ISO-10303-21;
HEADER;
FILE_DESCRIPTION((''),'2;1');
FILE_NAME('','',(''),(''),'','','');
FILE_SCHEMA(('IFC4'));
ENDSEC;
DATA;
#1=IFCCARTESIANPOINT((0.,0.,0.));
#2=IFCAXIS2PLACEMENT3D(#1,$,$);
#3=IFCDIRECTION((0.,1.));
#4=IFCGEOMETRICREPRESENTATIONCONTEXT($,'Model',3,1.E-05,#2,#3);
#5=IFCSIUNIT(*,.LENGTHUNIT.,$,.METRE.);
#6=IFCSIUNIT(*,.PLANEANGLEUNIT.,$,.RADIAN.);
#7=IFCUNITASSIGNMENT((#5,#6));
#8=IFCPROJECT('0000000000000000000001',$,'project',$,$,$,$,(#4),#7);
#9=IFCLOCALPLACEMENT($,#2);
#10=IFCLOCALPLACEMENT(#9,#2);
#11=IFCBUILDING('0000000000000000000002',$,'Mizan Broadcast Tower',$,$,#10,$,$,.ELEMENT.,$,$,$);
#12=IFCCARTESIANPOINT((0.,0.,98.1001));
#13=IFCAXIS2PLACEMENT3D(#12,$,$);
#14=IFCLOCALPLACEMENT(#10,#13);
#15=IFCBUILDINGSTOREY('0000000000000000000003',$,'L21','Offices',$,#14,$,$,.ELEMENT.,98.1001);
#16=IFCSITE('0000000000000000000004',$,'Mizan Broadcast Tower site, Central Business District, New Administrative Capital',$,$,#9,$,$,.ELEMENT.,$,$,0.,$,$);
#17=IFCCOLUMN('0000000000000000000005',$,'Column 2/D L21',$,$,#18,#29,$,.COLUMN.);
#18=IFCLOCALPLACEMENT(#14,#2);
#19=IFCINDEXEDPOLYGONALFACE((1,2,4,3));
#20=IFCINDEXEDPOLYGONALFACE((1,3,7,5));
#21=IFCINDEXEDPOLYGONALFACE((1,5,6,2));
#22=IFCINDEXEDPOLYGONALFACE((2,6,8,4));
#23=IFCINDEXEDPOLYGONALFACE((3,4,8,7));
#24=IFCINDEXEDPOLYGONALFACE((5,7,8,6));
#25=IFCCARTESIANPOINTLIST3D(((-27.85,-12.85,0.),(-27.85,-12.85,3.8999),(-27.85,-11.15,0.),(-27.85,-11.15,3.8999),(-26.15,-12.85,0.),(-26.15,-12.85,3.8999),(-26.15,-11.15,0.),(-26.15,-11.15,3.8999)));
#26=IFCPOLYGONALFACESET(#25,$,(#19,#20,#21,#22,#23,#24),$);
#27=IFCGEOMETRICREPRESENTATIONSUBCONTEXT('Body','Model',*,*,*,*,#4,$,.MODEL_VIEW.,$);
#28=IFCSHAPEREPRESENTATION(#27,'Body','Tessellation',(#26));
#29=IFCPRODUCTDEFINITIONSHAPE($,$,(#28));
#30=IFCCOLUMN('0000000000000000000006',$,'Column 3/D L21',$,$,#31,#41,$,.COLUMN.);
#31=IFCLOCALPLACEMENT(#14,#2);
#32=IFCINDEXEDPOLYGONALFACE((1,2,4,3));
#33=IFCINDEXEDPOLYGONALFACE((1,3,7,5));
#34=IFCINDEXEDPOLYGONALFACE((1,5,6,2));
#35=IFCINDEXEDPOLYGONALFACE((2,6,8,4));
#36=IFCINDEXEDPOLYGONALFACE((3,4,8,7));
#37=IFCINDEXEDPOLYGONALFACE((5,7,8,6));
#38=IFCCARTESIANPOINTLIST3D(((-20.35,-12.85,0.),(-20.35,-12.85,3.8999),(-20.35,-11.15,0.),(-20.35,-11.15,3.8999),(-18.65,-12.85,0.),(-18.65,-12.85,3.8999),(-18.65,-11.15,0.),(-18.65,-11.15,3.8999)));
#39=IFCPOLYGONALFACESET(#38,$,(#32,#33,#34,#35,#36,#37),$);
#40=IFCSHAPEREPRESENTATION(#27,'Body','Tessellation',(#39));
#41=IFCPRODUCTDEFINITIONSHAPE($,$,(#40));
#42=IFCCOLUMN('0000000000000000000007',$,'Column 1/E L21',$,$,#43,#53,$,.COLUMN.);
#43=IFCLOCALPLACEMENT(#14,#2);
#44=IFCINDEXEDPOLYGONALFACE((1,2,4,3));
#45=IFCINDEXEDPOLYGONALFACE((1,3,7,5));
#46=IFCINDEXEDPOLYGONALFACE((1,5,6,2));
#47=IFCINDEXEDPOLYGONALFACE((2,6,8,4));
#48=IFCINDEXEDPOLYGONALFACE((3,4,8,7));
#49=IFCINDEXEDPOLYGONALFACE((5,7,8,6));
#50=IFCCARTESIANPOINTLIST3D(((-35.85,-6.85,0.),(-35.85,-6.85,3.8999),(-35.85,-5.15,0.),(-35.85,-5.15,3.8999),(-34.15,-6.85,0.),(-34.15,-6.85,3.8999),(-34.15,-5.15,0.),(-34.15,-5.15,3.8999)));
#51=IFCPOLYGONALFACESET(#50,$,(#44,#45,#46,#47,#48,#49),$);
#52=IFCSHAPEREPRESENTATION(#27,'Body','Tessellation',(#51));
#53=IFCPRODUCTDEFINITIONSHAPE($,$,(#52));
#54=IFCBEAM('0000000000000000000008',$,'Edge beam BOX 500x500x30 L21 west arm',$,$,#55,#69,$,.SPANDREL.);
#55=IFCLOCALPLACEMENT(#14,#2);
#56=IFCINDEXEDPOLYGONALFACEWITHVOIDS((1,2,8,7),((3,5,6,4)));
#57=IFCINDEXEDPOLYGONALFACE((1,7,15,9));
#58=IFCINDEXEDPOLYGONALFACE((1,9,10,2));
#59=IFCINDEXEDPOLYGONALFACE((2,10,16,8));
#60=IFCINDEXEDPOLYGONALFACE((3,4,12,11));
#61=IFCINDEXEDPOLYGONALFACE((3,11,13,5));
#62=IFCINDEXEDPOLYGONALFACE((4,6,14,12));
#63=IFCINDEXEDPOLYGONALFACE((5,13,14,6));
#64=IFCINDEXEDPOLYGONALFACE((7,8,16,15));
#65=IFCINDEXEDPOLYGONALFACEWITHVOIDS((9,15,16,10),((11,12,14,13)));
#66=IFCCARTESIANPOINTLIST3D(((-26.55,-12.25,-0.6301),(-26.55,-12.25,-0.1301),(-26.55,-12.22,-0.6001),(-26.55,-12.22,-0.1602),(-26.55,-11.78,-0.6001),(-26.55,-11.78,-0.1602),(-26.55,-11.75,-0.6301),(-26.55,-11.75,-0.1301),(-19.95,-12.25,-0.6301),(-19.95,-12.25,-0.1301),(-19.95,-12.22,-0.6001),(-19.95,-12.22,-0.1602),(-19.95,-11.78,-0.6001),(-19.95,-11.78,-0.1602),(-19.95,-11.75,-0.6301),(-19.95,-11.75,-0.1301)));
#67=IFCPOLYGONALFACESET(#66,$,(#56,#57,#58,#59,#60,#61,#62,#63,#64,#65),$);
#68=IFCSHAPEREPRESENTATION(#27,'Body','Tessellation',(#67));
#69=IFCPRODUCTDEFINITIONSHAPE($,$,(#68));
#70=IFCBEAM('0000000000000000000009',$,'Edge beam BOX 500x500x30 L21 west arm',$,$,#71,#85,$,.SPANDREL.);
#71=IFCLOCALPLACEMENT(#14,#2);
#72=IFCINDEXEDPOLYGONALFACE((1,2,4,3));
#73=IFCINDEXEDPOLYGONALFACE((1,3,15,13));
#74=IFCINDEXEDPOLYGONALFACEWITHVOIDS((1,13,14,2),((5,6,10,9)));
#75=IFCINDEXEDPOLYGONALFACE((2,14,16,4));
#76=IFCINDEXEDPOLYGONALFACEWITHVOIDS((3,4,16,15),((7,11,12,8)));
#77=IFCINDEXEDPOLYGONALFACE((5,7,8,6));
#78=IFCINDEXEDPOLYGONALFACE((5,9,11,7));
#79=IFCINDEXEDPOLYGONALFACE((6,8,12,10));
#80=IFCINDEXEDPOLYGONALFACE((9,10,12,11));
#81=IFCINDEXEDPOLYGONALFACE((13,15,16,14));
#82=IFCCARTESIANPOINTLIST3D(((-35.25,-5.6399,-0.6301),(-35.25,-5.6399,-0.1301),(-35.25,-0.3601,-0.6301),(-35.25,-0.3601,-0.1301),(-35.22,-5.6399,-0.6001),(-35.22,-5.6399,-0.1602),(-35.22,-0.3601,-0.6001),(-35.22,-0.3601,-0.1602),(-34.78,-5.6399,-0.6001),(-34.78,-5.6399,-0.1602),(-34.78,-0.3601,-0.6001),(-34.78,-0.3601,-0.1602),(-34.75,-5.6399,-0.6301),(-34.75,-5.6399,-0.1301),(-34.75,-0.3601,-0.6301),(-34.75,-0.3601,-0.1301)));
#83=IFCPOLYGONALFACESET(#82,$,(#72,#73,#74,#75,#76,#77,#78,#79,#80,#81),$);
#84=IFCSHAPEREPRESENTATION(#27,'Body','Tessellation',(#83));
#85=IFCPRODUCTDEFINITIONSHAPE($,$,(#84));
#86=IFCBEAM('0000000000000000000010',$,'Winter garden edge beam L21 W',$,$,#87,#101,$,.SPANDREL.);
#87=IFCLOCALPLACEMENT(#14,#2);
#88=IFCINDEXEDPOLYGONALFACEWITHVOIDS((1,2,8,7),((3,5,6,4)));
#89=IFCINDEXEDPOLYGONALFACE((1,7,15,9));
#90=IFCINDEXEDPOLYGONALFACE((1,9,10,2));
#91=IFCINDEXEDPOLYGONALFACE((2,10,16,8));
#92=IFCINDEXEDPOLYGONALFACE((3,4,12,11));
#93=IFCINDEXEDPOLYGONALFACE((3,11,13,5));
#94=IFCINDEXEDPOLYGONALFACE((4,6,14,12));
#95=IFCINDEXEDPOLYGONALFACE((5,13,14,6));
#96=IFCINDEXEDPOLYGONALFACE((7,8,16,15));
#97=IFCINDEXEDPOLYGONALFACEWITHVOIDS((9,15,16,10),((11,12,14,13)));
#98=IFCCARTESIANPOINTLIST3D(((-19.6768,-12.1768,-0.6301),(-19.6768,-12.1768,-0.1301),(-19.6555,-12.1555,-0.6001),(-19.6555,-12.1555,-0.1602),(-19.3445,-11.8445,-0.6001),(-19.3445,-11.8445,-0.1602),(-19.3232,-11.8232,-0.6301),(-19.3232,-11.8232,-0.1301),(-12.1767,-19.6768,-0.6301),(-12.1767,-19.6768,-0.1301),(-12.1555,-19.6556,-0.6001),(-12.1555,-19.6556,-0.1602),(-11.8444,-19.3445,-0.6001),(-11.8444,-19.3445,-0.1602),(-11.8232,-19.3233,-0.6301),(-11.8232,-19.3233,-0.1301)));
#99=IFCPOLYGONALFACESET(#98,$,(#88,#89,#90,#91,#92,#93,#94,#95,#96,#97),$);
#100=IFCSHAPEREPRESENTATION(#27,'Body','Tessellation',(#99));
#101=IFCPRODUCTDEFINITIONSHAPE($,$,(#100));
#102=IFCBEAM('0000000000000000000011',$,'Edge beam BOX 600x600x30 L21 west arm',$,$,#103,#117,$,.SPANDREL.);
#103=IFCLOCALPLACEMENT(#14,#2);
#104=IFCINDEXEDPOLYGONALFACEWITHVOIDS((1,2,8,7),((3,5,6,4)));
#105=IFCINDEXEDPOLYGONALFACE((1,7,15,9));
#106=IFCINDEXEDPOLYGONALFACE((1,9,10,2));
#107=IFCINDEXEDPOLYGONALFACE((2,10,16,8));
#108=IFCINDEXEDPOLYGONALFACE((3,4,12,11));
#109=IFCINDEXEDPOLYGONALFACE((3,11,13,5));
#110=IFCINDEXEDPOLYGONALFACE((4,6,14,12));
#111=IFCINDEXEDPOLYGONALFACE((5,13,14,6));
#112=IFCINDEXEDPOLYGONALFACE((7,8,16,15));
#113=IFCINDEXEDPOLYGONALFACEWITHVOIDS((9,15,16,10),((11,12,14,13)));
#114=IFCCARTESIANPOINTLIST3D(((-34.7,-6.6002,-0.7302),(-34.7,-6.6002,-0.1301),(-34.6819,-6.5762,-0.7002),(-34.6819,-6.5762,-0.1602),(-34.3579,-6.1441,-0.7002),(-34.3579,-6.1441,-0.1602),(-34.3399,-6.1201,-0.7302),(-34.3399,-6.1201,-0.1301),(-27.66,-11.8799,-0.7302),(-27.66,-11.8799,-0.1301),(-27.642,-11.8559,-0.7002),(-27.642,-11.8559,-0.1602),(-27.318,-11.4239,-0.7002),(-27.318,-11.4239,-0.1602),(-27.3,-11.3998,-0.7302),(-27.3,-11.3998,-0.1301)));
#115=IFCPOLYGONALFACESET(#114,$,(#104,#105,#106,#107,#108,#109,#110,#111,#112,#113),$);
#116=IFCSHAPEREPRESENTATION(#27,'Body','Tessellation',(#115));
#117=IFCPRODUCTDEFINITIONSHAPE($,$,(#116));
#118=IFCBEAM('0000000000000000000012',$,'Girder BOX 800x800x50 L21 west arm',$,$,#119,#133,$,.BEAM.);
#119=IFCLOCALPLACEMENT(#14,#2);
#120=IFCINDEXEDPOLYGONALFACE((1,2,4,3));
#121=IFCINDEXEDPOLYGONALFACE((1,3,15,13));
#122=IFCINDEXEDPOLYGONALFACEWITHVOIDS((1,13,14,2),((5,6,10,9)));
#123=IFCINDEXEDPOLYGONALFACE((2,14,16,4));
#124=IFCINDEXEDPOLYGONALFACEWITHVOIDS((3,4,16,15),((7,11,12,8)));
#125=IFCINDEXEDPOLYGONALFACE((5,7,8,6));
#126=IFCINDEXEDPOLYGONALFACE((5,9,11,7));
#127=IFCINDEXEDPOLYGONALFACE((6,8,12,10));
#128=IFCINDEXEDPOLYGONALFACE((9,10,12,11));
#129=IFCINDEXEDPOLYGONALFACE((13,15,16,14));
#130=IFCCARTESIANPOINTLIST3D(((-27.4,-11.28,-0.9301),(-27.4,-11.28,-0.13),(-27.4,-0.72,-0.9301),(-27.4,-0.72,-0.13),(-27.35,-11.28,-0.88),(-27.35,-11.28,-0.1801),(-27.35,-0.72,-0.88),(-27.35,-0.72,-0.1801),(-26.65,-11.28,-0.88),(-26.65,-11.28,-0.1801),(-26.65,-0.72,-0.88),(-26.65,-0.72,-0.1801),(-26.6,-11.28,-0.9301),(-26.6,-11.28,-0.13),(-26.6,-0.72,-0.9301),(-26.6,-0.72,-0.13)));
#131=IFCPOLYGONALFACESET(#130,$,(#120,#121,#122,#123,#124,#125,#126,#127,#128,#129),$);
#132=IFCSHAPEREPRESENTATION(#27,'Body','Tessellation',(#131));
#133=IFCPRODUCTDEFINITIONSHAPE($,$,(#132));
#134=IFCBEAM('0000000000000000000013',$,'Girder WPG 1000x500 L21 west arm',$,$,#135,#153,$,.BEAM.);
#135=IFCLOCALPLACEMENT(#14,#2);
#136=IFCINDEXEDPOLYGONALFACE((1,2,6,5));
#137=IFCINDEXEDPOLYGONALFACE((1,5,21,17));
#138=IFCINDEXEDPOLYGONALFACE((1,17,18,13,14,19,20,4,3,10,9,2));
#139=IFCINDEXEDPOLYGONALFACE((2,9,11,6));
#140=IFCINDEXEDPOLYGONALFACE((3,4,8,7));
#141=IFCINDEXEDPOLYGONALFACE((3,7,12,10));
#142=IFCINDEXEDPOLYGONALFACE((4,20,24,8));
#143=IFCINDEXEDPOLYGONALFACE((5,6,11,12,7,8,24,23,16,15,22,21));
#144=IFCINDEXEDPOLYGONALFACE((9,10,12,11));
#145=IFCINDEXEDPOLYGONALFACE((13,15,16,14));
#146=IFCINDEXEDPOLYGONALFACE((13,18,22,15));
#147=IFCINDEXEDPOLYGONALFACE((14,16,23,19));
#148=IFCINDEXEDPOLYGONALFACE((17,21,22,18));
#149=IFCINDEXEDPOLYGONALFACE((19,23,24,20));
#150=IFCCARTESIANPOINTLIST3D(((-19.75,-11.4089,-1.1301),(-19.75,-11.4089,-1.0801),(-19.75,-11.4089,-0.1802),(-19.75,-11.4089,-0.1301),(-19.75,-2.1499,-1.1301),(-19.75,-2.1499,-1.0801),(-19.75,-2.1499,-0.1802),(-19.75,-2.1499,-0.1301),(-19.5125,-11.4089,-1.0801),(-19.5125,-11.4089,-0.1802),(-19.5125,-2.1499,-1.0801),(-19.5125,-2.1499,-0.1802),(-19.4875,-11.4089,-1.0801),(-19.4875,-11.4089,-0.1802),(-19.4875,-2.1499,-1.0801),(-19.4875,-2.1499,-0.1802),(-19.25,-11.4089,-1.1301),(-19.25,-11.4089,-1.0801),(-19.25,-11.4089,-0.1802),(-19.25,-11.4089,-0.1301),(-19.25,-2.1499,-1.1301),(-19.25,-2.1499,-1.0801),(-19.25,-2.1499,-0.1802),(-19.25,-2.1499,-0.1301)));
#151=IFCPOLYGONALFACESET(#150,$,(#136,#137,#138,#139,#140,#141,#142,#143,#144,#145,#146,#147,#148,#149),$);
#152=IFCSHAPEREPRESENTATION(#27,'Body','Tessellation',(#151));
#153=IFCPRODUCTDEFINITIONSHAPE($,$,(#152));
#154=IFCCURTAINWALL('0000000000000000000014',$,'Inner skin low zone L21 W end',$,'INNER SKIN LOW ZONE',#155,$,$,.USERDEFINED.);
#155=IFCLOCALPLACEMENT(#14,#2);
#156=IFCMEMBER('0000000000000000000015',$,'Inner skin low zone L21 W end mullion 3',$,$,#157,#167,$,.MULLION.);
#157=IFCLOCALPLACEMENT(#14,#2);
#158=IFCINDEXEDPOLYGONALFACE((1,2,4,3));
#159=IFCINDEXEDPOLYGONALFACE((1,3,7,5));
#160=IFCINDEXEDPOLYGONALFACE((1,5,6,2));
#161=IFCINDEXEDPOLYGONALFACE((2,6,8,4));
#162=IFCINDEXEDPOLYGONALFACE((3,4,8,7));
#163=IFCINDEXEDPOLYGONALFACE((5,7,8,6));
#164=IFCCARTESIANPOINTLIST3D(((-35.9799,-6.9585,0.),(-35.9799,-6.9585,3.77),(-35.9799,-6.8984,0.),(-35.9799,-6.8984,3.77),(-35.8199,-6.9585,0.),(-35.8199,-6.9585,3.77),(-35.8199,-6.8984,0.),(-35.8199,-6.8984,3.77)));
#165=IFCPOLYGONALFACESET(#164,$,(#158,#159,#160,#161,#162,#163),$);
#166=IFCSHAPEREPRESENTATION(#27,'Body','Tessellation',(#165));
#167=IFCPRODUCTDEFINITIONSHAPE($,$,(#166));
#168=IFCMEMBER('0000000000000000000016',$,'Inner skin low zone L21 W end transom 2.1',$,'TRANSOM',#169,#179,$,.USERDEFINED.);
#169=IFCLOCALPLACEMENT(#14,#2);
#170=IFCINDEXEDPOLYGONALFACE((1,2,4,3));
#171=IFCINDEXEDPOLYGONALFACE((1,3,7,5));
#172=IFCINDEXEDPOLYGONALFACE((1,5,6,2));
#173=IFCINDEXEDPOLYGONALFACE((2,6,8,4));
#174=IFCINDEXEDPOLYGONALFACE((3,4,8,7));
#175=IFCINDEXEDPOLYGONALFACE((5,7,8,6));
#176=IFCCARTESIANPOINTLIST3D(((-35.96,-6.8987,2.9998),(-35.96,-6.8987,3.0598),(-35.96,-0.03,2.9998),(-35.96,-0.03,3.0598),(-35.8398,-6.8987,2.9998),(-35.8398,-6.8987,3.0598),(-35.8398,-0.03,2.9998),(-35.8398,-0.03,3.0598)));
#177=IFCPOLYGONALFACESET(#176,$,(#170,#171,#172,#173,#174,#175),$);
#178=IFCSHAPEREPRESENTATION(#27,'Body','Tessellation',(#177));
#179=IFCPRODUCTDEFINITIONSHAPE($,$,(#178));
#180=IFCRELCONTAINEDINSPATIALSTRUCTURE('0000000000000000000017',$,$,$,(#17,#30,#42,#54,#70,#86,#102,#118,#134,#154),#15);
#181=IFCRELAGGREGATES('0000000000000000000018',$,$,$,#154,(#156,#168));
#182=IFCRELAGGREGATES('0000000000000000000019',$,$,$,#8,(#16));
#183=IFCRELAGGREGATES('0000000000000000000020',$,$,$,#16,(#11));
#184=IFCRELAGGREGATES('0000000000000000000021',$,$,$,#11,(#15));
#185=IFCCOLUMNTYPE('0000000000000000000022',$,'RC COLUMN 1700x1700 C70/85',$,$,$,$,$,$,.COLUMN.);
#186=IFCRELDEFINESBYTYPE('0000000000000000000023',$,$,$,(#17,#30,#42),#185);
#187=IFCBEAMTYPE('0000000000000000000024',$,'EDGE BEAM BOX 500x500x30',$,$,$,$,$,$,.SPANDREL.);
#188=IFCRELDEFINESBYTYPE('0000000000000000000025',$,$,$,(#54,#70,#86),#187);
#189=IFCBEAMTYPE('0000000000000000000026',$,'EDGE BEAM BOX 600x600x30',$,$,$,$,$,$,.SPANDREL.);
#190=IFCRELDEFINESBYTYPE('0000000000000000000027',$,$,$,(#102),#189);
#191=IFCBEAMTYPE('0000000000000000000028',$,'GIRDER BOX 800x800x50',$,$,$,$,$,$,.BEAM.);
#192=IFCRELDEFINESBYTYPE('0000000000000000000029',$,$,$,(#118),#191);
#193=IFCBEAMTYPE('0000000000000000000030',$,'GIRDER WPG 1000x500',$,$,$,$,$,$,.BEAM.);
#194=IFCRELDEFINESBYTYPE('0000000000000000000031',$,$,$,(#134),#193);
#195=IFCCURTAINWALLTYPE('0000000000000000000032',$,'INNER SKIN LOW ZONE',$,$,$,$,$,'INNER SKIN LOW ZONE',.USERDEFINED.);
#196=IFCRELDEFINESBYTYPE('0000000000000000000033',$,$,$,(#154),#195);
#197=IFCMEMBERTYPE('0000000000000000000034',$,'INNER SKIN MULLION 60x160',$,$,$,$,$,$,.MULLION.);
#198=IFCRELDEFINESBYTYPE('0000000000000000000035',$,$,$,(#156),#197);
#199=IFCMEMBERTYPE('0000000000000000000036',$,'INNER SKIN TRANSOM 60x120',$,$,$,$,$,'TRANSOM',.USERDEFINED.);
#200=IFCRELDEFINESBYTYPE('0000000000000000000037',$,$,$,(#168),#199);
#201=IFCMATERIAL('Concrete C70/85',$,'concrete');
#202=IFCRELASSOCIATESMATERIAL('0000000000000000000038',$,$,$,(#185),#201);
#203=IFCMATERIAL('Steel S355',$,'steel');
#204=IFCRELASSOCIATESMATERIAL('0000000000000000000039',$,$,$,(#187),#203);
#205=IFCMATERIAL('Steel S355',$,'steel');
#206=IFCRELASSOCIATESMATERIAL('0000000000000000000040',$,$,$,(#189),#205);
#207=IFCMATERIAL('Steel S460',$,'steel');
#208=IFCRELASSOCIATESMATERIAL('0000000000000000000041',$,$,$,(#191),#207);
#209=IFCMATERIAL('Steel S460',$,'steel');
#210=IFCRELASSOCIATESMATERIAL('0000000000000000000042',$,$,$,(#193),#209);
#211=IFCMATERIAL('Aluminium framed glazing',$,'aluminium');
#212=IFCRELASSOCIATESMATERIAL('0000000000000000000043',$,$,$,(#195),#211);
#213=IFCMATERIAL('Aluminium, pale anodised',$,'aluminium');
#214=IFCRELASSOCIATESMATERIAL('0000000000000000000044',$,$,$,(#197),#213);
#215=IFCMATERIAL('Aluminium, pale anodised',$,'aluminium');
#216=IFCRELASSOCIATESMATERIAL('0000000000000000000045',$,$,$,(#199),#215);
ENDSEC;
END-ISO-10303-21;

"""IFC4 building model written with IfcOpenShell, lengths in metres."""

from ifc_helpers import new_model, si_unit, direction, frame, origin, origin_2d, place, context, subcontext, project, spatial, rectangle, hollow_rectangle, i_section, extrude, material, material_profile, profile_set, type_object, element, aggregate, save


model = new_model("IFC4")

# Units and contexts
model_context = context("Model", 3, precision=1e-05, world=origin(), true_north=direction((0.0, 1.0)))
body_context = subcontext(model_context, "Body", "Model", "MODEL_VIEW")
ifc_project = project(units=[si_unit("LENGTHUNIT", "METRE"), si_unit("PLANEANGLEUNIT", "RADIAN")], contexts=[model_context])

# Site, building, storey
site_placement = place(None, origin())
site = spatial("IfcSite", under=ifc_project, at=site_placement, Name="Mizan Broadcast Tower site, Central Business District, New Administrative Capital", CompositionType="ELEMENT", RefElevation=0.0)
building_placement = place(site_placement, origin())
building = spatial("IfcBuilding", under=site, at=building_placement, Name="Mizan Broadcast Tower", CompositionType="ELEMENT")
storey_placement = place(building_placement, frame((0.0, 0.0, 98.1001)))
storey = spatial("IfcBuildingStorey", under=building, at=storey_placement, Name="L21", Description="Offices", CompositionType="ELEMENT", Elevation=98.1001)

# Columns
ifc_material_1 = material(Name="Concrete C70/85", Category="concrete")
ifc_material_profile_1 = material_profile(ifc_material_1, rectangle(XDim=1.7, YDim=1.7, at=origin_2d()), Name="RC 1700x1700")
ifc_profile_set_1 = profile_set([ifc_material_profile_1], Name="Concrete C70/85")
column_type = type_object("IfcColumnType", Name="RC COLUMN 1700x1700 C70/85", PredefinedType="COLUMN", material=ifc_profile_set_1)
for number, where, z_axis, x_axis, name in (
    (1, (-27.0, -12.0, 0.0), (0.0, 0.0, 1.0), (1.0, 0.0, 0.0), "Column 2/D L21"),
    (2, (-19.5, -12.0, 0.0), (0.0, 0.0, 1.0), (1.0, 0.0, 0.0), "Column 3/D L21"),
    (3, (-35.0, -6.0, 0.0), (0.0, 0.0, 1.0), (1.0, 0.0, 0.0), "Column 1/E L21"),
):
    element("IfcColumn", number, at=place(storey_placement, frame(where, z_axis=z_axis, x_axis=x_axis)), inside=storey, type_object=column_type, Name=name, PredefinedType="COLUMN", context=body_context, shape_type="SweptSolid", body=[
        extrude(rectangle(XDim=1.7, YDim=1.7, at=origin_2d()), origin(), (0.0, 0.0, 1.0), 3.8999),
    ])

# Beams
ifc_material_2 = material(Name="Steel S355", Category="steel")
ifc_material_profile_2 = material_profile(ifc_material_2, hollow_rectangle(XDim=0.5, YDim=0.5, WallThickness=0.03, at=origin_2d()), Name="BOX 500x500x30")
ifc_profile_set_2 = profile_set([ifc_material_profile_2], Name="Steel S355")
beam_type_1 = type_object("IfcBeamType", Name="EDGE BEAM BOX 500x500x30", PredefinedType="SPANDREL", material=ifc_profile_set_2)
beam_1_placement = place(storey_placement, frame((-19.95, -12.0, -0.3801), z_axis=(-1.0, 0.0, 0.0), x_axis=(0.0, -1.0, 0.0)))
element("IfcBeam", 4, at=beam_1_placement, inside=storey, type_object=beam_type_1, Name="Edge beam BOX 500x500x30 L21 west arm", PredefinedType="SPANDREL", context=body_context, shape_type="SweptSolid", body=[
    extrude(hollow_rectangle(XDim=0.5, YDim=0.5, WallThickness=0.03, at=origin_2d()), origin(), (0.0, 0.0, 1.0), 6.6001),
])
beam_2_placement = place(storey_placement, frame((-35.0, -5.6399, -0.3801), z_axis=(0.0, 1.0, 0.0), x_axis=(-1.0, 0.0, 0.0)))
element("IfcBeam", 5, at=beam_2_placement, inside=storey, type_object=beam_type_1, Name="Edge beam BOX 500x500x30 L21 west arm", PredefinedType="SPANDREL", context=body_context, shape_type="SweptSolid", body=[
    extrude(hollow_rectangle(XDim=0.5, YDim=0.5, WallThickness=0.03, at=origin_2d()), origin(), (0.0, 0.0, 1.0), 5.2798),
])
beam_3_placement = place(storey_placement, frame((-19.5, -12.0, -0.3801), z_axis=(0.707107, -0.707107, 0.0), x_axis=(0.707107, 0.707107, 0.0)))
element("IfcBeam", 6, at=beam_3_placement, inside=storey, type_object=beam_type_1, Name="Winter garden edge beam L21 W", PredefinedType="SPANDREL", context=body_context, shape_type="SweptSolid", body=[
    extrude(hollow_rectangle(XDim=0.5, YDim=0.5, WallThickness=0.03, at=origin_2d()), origin(), (0.0, 0.0, 1.0), 10.6067),
])
ifc_material_3 = material(Name="Steel S355", Category="steel")
ifc_material_profile_3 = material_profile(ifc_material_3, hollow_rectangle(XDim=0.6001, YDim=0.6001, WallThickness=0.03, at=origin_2d()), Name="BOX 600x600x30")
ifc_profile_set_3 = profile_set([ifc_material_profile_3], Name="Steel S355")
beam_type_2 = type_object("IfcBeamType", Name="EDGE BEAM BOX 600x600x30", PredefinedType="SPANDREL", material=ifc_profile_set_3)
beam_4_placement = place(storey_placement, frame((-27.48, -11.6399, -0.4302), z_axis=(-0.800013, 0.599982, 0.0), x_axis=(-0.599982, -0.800013, 0.0)))
element("IfcBeam", 7, at=beam_4_placement, inside=storey, type_object=beam_type_2, Name="Edge beam BOX 600x600x30 L21 west arm", PredefinedType="SPANDREL", context=body_context, shape_type="SweptSolid", body=[
    extrude(hollow_rectangle(XDim=0.6001, YDim=0.6001, WallThickness=0.03, at=origin_2d()), origin(), (0.0, 0.0, 1.0), 8.7998),
])
ifc_material_4 = material(Name="Steel S460", Category="steel")
ifc_material_profile_4 = material_profile(ifc_material_4, hollow_rectangle(XDim=0.8, YDim=0.8, WallThickness=0.05, at=origin_2d()), Name="BOX 800x800x50")
ifc_profile_set_4 = profile_set([ifc_material_profile_4], Name="Steel S460")
beam_type_3 = type_object("IfcBeamType", Name="GIRDER BOX 800x800x50", PredefinedType="BEAM", material=ifc_profile_set_4)
beam_5_placement = place(storey_placement, frame((-27.0, -11.28, -0.53), z_axis=(0.0, 1.0, 0.0), x_axis=(-1.0, 0.0, 0.0)))
element("IfcBeam", 8, at=beam_5_placement, inside=storey, type_object=beam_type_3, Name="Girder BOX 800x800x50 L21 west arm", PredefinedType="BEAM", context=body_context, shape_type="SweptSolid", body=[
    extrude(hollow_rectangle(XDim=0.8, YDim=0.8, WallThickness=0.05, at=origin_2d()), origin(), (0.0, 0.0, 1.0), 10.5601),
])
ifc_material_5 = material(Name="Steel S460", Category="steel")
ifc_material_profile_5 = material_profile(ifc_material_5, i_section(OverallWidth=0.5, OverallDepth=1.0, WebThickness=0.0249, FlangeThickness=0.05, at=origin_2d()), Name="WPG 1000x500")
ifc_profile_set_5 = profile_set([ifc_material_profile_5], Name="Steel S460")
beam_type_4 = type_object("IfcBeamType", Name="GIRDER WPG 1000x500", PredefinedType="BEAM", material=ifc_profile_set_5)
beam_6_placement = place(storey_placement, frame((-19.5, -11.4089, -0.6301), z_axis=(0.0, 1.0, 0.0), x_axis=(-1.0, 0.0, 0.0)))
element("IfcBeam", 9, at=beam_6_placement, inside=storey, type_object=beam_type_4, Name="Girder WPG 1000x500 L21 west arm", PredefinedType="BEAM", context=body_context, shape_type="SweptSolid", body=[
    extrude(i_section(OverallWidth=0.5, OverallDepth=1.0, WebThickness=0.0249, FlangeThickness=0.05, at=origin_2d()), origin(), (0.0, 0.0, 1.0), 9.259),
])

# Curtain wall, members
ifc_material_6 = material(Name="Aluminium framed glazing", Category="aluminium")
curtain_wall_type_1 = type_object("IfcCurtainWallType", Name="INNER SKIN LOW ZONE", ElementType="INNER SKIN LOW ZONE", PredefinedType="USERDEFINED", material=ifc_material_6)
curtain_wall_1_placement = place(storey_placement, origin())
curtain_wall_1 = element("IfcCurtainWall", 10, at=curtain_wall_1_placement, inside=storey, type_object=curtain_wall_type_1, Name="Inner skin low zone L21 W end", ObjectType="INNER SKIN LOW ZONE", PredefinedType="USERDEFINED")
ifc_material_7 = material(Name="Aluminium, pale anodised", Category="aluminium")
ifc_material_profile_6 = material_profile(ifc_material_7, rectangle(XDim=0.1599, YDim=0.0601, at=origin_2d()), Name="MULLION 160x60")
ifc_profile_set_6 = profile_set([ifc_material_profile_6], Name="Aluminium, pale anodised")
member_type_1 = type_object("IfcMemberType", Name="INNER SKIN MULLION 60x160", PredefinedType="MULLION", material=ifc_profile_set_6)
member_1_placement = place(storey_placement, frame((-35.8999, -6.9285, 0.0), z_axis=(0.0, 0.0, 1.0), x_axis=(1.0, 0.0, 0.0)))
member_1 = element("IfcMember", 11, at=member_1_placement, type_object=member_type_1, Name="Inner skin low zone L21 W end mullion 3", PredefinedType="MULLION", context=body_context, shape_type="SweptSolid", body=[
    extrude(rectangle(XDim=0.1599, YDim=0.0601, at=origin_2d()), origin(), (0.0, 0.0, 1.0), 3.77),
])
ifc_material_8 = material(Name="Aluminium, pale anodised", Category="aluminium")
ifc_material_profile_7 = material_profile(ifc_material_8, rectangle(XDim=0.1201, YDim=0.0601, at=origin_2d()), Name="TRANSOM 120x60")
ifc_profile_set_7 = profile_set([ifc_material_profile_7], Name="Aluminium, pale anodised")
member_type_2 = type_object("IfcMemberType", Name="INNER SKIN TRANSOM 60x120", ElementType="TRANSOM", PredefinedType="USERDEFINED", material=ifc_profile_set_7)
member_2_placement = place(storey_placement, frame((-35.8999, -0.03, 3.0298), z_axis=(0.0, -1.0, 0.0), x_axis=(1.0, 0.0, 0.0)))
member_2 = element("IfcMember", 12, at=member_2_placement, type_object=member_type_2, Name="Inner skin low zone L21 W end transom 2.1", ObjectType="TRANSOM", PredefinedType="USERDEFINED", context=body_context, shape_type="SweptSolid", body=[
    extrude(rectangle(XDim=0.1201, YDim=0.0601, at=origin_2d()), origin(), (0.0, 0.0, 1.0), 6.8687),
])

aggregate(curtain_wall_1, [member_1, member_2])

save(model, "model.ifc")
